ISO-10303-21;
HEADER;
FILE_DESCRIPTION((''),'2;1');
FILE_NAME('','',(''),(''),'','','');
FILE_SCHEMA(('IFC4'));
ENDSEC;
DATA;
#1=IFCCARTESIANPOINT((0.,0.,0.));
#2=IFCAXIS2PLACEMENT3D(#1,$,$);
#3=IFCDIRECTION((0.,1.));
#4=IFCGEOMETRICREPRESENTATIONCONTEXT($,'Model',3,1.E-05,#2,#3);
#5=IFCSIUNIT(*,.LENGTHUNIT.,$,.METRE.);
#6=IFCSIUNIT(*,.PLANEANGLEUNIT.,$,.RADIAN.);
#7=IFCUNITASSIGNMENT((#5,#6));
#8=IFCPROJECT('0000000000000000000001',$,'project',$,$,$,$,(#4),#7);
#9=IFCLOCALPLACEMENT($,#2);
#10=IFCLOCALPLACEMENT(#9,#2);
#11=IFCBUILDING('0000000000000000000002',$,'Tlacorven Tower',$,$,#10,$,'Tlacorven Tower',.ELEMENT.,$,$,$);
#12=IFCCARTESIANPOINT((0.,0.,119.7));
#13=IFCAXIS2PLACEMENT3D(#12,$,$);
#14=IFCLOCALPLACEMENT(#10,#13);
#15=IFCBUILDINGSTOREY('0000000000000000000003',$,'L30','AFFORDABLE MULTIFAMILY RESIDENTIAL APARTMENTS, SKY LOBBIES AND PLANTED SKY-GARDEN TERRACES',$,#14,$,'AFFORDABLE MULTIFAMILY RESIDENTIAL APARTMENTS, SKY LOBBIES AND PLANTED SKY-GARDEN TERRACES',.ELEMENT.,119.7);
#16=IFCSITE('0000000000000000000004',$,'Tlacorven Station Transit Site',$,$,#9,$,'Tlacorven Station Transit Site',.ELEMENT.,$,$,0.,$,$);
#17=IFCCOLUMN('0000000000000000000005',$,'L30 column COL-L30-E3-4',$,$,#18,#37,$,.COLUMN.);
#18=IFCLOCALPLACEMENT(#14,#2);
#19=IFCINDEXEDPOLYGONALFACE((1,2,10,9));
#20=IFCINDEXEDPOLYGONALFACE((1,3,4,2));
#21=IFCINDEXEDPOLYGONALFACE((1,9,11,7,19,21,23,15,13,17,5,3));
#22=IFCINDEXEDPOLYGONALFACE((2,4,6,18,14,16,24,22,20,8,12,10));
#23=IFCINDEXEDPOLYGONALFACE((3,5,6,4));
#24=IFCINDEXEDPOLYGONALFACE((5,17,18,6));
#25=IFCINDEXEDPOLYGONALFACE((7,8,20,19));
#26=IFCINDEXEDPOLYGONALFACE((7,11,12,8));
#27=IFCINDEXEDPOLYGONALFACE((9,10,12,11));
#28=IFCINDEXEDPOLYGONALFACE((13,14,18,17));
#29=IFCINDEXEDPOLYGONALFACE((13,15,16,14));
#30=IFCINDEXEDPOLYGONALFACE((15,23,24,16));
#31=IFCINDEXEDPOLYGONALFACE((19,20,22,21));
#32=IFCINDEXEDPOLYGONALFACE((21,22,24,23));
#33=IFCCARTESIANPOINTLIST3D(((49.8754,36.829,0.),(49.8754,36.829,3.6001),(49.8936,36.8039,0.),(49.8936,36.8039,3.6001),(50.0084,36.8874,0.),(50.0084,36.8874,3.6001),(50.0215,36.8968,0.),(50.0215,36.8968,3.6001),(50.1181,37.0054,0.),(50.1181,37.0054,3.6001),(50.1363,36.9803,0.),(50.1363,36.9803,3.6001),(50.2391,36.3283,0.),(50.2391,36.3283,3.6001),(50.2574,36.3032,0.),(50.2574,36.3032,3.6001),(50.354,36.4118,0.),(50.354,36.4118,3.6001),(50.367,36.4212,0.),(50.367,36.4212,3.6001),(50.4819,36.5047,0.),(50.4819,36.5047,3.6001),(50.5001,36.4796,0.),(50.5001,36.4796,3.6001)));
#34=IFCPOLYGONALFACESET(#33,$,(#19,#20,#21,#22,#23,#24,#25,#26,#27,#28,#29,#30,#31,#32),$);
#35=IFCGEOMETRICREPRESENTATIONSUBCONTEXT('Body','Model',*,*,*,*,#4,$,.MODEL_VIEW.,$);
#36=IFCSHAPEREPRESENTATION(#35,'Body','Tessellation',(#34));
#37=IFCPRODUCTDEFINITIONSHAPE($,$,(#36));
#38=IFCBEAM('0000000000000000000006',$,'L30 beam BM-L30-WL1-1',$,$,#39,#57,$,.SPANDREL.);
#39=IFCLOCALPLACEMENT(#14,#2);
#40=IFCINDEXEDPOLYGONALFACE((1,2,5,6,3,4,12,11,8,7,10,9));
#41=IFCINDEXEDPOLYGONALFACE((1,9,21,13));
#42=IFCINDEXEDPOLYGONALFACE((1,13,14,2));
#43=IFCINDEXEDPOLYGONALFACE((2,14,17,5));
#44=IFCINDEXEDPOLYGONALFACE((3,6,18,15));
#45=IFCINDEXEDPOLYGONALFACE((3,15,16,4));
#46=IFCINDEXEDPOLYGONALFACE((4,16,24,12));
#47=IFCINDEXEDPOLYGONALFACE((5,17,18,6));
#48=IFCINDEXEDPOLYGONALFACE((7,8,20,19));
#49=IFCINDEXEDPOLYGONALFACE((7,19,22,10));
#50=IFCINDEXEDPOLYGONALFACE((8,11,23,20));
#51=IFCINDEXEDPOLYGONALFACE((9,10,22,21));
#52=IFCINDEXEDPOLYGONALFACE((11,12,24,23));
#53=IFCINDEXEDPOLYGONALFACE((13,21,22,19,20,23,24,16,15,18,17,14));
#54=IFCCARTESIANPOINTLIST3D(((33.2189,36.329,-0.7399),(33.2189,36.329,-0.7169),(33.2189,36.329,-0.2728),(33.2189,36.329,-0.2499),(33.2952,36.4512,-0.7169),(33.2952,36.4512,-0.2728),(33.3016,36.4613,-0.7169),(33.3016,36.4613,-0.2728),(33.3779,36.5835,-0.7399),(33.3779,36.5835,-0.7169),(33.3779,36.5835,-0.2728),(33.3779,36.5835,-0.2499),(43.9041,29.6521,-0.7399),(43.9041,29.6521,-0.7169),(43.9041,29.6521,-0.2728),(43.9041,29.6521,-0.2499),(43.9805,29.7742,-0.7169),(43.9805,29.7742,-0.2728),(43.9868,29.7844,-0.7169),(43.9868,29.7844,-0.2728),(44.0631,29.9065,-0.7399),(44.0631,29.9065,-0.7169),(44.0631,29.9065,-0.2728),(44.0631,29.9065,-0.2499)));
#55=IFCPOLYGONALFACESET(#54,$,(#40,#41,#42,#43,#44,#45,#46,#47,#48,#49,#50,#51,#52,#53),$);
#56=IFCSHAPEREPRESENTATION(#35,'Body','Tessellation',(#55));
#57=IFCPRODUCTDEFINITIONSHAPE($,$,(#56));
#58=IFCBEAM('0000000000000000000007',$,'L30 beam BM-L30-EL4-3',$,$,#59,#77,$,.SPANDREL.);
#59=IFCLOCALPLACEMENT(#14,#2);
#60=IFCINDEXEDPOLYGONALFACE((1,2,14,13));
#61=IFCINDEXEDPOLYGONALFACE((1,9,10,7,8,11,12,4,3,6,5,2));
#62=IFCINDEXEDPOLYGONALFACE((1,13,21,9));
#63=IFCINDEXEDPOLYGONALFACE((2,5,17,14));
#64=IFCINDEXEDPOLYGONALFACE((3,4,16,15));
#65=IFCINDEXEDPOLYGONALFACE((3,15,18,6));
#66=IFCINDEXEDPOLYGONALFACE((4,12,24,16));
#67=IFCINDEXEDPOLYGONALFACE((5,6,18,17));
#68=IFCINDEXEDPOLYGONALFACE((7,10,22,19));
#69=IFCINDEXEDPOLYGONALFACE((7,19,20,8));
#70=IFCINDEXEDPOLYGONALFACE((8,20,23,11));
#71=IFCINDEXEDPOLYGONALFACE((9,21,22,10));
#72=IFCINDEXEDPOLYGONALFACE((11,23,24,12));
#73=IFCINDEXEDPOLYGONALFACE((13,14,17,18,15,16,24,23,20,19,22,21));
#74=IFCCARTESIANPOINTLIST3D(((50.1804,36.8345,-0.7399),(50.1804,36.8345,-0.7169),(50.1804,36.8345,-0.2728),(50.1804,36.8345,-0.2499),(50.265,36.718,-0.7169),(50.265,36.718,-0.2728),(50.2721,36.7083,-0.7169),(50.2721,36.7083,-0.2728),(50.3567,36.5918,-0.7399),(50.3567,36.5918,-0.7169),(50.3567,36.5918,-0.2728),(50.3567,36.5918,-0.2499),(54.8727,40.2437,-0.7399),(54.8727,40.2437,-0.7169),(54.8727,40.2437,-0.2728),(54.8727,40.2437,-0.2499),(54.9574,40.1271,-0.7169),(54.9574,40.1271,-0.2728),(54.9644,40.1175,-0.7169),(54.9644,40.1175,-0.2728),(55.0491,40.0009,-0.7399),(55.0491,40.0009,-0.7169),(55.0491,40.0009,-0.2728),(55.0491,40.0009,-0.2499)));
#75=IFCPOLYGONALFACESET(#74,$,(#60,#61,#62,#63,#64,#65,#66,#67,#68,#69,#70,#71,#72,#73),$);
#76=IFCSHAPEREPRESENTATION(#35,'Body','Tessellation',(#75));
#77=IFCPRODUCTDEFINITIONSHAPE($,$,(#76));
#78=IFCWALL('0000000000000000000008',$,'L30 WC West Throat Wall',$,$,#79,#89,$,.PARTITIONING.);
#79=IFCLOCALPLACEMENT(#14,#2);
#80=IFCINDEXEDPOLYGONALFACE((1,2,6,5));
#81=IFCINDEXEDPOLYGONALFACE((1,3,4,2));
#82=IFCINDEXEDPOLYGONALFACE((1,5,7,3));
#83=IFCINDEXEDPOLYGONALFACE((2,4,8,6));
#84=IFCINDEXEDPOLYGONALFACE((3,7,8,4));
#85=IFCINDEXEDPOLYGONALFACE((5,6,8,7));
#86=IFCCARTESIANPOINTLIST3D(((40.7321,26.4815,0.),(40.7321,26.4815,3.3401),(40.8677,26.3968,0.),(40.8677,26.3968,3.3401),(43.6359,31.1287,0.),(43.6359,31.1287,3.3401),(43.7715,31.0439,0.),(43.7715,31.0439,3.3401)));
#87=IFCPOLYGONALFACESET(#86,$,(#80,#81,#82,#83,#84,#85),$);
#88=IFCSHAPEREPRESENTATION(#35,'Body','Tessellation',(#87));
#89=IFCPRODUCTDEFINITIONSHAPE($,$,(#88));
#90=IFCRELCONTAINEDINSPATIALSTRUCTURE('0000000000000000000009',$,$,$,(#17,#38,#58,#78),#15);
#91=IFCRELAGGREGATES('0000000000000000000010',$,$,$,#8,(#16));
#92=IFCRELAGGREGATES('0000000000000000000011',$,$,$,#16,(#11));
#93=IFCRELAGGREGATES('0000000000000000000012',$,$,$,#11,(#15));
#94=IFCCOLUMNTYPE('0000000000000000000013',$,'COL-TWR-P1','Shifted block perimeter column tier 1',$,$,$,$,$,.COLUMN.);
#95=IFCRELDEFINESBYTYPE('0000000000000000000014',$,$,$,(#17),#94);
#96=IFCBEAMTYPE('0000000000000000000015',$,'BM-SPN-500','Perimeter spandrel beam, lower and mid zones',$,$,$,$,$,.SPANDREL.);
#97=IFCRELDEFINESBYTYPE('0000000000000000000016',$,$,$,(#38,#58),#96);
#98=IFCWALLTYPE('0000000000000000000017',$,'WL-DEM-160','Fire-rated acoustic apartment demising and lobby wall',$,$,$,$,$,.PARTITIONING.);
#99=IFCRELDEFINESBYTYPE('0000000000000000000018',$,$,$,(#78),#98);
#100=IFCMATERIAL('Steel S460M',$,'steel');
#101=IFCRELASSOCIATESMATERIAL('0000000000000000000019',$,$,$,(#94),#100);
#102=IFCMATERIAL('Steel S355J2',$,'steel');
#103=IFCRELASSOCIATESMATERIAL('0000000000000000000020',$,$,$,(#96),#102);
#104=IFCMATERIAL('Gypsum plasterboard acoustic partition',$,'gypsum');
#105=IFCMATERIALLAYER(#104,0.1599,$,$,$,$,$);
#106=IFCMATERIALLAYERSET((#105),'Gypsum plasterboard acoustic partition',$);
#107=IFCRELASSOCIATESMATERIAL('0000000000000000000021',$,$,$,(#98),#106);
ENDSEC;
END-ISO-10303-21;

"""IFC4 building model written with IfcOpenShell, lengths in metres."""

from ifc_helpers import new_model, si_unit, direction, frame, frame_2d, origin, origin_2d, place, context, subcontext, project, spatial, rectangle, i_section, extrude, source, transform, mapped, material, layer, layer_set, material_profile, profile_set, type_object, element, save


model = new_model("IFC4")

# Units and contexts
model_context = context("Model", 3, precision=1e-05, world=origin(), true_north=direction((0.0, 1.0)))
body_context = subcontext(model_context, "Body", "Model", "MODEL_VIEW")
ifc_project = project(units=[si_unit("LENGTHUNIT", "METRE"), si_unit("PLANEANGLEUNIT", "RADIAN")], contexts=[model_context])

# Site, building, storey
site_placement = place(None, origin())
site = spatial("IfcSite", under=ifc_project, at=site_placement, Name="Tlacorven Station Transit Site", LongName="Tlacorven Station Transit Site", CompositionType="ELEMENT", RefElevation=0.0)
building_placement = place(site_placement, origin())
building = spatial("IfcBuilding", under=site, at=building_placement, Name="Tlacorven Tower", LongName="Tlacorven Tower", CompositionType="ELEMENT")
storey_placement = place(building_placement, frame((0.0, 0.0, 119.7)))
storey = spatial("IfcBuildingStorey", under=building, at=storey_placement, Name="L30", Description="AFFORDABLE MULTIFAMILY RESIDENTIAL APARTMENTS, SKY LOBBIES AND PLANTED SKY-GARDEN TERRACES", LongName="AFFORDABLE MULTIFAMILY RESIDENTIAL APARTMENTS, SKY LOBBIES AND PLANTED SKY-GARDEN TERRACES", CompositionType="ELEMENT", Elevation=119.7)

# Column
ifc_material_1 = material(Name="Steel S460M", Category="steel")
ifc_material_profile_1 = material_profile(ifc_material_1, i_section(OverallWidth=0.3, OverallDepth=0.6499, WebThickness=0.0161, FlangeThickness=0.031, at=origin_2d()), Name="HEB 650")
ifc_profile_set_1 = profile_set([ifc_material_profile_1], Name="Steel S460M")
column_type = type_object("IfcColumnType", Name="COL-TWR-P1", Description="Shifted block perimeter column tier 1", PredefinedType="COLUMN", material=ifc_profile_set_1)
shared_shape_1 = source(origin(), body_context, "Body", "SweptSolid", [
    extrude(i_section(OverallWidth=0.3, OverallDepth=0.6499, WebThickness=0.0161, FlangeThickness=0.031, at=origin_2d()), origin(), (0.0, 0.0, 1.0), 3.6001),
])
column_placement = place(storey_placement, frame((50.1877, 36.6543, 0.0), z_axis=(0.0, 0.0, 1.0), x_axis=(0.809017, 0.587785, 0.0)))
element("IfcColumn", 1, at=column_placement, inside=storey, type_object=column_type, Name="L30 column COL-L30-E3-4", PredefinedType="COLUMN", context=body_context, shape_type="MappedRepresentation", body=[
    mapped(shared_shape_1, transform((0.0, 0.0, 0.0), scale=1.0)),
])

# Beams
ifc_material_2 = material(Name="Steel S355J2", Category="steel")
ifc_material_profile_2 = material_profile(ifc_material_2, i_section(OverallWidth=0.3, OverallDepth=0.49, WebThickness=0.012, FlangeThickness=0.0229, at=origin_2d()), Name="HEA 500")
ifc_profile_set_2 = profile_set([ifc_material_profile_2], Name="Steel S355J2")
beam_type = type_object("IfcBeamType", Name="BM-SPN-500", Description="Perimeter spandrel beam, lower and mid zones", PredefinedType="SPANDREL", material=ifc_profile_set_2)
shared_shape_2 = source(origin(), body_context, "Body", "SweptSolid", [
    extrude(i_section(OverallWidth=0.3, OverallDepth=0.49, WebThickness=0.012, FlangeThickness=0.0229, at=origin_2d()), origin(), (0.0, 0.0, 1.0), 12.5999),
])
beam_1_placement = place(storey_placement, frame((43.9836, 29.7793, -0.4949), z_axis=(-0.848045, 0.529924, 0.0), x_axis=(-0.529924, -0.848045, 0.0)))
element("IfcBeam", 2, at=beam_1_placement, inside=storey, type_object=beam_type, Name="L30 beam BM-L30-WL1-1", PredefinedType="SPANDREL", context=body_context, shape_type="MappedRepresentation", body=[
    mapped(shared_shape_2, transform((0.0, 0.0, 0.0), scale=1.0)),
])
shared_shape_3 = source(origin(), body_context, "Body", "SweptSolid", [
    extrude(i_section(OverallWidth=0.3, OverallDepth=0.49, WebThickness=0.012, FlangeThickness=0.0229, at=origin_2d()), origin(), (0.0, 0.0, 1.0), 5.8),
])
beam_2_placement = place(storey_placement, frame((50.2686, 36.7131, -0.4949), z_axis=(0.80902, 0.587781, 0.0), x_axis=(-0.587781, 0.80902, 0.0)))
element("IfcBeam", 3, at=beam_2_placement, inside=storey, type_object=beam_type, Name="L30 beam BM-L30-EL4-3", PredefinedType="SPANDREL", context=body_context, shape_type="MappedRepresentation", body=[
    mapped(shared_shape_3, transform((0.0, 0.0, 0.0), scale=1.0)),
])

# Wall
ifc_material_3 = material(Name="Gypsum plasterboard acoustic partition", Category="gypsum")
ifc_layer_1 = layer(ifc_material_3, 0.1599)
ifc_layer_set_1 = layer_set([ifc_layer_1], Name="Gypsum plasterboard acoustic partition")
wall_type_1 = type_object("IfcWallType", Name="WL-DEM-160", Description="Fire-rated acoustic apartment demising and lobby wall", PredefinedType="PARTITIONING", material=ifc_layer_set_1)
wall_1_placement = place(storey_placement, frame((43.7036, 31.0862, 0.0), z_axis=(0.0, 0.0, 1.0), x_axis=(-0.529907, -0.848056, 0.0)))
element("IfcWall", 4, at=wall_1_placement, inside=storey, type_object=wall_type_1, Name="L30 WC West Throat Wall", PredefinedType="PARTITIONING", context=body_context, shape_type="SweptSolid", body=[
    extrude(rectangle(XDim=5.4797, YDim=0.1599, at=frame_2d((2.7397, 0.0))), origin(), (0.0, 0.0, 1.0), 3.3401),
])

save(model, "model.ifc")
